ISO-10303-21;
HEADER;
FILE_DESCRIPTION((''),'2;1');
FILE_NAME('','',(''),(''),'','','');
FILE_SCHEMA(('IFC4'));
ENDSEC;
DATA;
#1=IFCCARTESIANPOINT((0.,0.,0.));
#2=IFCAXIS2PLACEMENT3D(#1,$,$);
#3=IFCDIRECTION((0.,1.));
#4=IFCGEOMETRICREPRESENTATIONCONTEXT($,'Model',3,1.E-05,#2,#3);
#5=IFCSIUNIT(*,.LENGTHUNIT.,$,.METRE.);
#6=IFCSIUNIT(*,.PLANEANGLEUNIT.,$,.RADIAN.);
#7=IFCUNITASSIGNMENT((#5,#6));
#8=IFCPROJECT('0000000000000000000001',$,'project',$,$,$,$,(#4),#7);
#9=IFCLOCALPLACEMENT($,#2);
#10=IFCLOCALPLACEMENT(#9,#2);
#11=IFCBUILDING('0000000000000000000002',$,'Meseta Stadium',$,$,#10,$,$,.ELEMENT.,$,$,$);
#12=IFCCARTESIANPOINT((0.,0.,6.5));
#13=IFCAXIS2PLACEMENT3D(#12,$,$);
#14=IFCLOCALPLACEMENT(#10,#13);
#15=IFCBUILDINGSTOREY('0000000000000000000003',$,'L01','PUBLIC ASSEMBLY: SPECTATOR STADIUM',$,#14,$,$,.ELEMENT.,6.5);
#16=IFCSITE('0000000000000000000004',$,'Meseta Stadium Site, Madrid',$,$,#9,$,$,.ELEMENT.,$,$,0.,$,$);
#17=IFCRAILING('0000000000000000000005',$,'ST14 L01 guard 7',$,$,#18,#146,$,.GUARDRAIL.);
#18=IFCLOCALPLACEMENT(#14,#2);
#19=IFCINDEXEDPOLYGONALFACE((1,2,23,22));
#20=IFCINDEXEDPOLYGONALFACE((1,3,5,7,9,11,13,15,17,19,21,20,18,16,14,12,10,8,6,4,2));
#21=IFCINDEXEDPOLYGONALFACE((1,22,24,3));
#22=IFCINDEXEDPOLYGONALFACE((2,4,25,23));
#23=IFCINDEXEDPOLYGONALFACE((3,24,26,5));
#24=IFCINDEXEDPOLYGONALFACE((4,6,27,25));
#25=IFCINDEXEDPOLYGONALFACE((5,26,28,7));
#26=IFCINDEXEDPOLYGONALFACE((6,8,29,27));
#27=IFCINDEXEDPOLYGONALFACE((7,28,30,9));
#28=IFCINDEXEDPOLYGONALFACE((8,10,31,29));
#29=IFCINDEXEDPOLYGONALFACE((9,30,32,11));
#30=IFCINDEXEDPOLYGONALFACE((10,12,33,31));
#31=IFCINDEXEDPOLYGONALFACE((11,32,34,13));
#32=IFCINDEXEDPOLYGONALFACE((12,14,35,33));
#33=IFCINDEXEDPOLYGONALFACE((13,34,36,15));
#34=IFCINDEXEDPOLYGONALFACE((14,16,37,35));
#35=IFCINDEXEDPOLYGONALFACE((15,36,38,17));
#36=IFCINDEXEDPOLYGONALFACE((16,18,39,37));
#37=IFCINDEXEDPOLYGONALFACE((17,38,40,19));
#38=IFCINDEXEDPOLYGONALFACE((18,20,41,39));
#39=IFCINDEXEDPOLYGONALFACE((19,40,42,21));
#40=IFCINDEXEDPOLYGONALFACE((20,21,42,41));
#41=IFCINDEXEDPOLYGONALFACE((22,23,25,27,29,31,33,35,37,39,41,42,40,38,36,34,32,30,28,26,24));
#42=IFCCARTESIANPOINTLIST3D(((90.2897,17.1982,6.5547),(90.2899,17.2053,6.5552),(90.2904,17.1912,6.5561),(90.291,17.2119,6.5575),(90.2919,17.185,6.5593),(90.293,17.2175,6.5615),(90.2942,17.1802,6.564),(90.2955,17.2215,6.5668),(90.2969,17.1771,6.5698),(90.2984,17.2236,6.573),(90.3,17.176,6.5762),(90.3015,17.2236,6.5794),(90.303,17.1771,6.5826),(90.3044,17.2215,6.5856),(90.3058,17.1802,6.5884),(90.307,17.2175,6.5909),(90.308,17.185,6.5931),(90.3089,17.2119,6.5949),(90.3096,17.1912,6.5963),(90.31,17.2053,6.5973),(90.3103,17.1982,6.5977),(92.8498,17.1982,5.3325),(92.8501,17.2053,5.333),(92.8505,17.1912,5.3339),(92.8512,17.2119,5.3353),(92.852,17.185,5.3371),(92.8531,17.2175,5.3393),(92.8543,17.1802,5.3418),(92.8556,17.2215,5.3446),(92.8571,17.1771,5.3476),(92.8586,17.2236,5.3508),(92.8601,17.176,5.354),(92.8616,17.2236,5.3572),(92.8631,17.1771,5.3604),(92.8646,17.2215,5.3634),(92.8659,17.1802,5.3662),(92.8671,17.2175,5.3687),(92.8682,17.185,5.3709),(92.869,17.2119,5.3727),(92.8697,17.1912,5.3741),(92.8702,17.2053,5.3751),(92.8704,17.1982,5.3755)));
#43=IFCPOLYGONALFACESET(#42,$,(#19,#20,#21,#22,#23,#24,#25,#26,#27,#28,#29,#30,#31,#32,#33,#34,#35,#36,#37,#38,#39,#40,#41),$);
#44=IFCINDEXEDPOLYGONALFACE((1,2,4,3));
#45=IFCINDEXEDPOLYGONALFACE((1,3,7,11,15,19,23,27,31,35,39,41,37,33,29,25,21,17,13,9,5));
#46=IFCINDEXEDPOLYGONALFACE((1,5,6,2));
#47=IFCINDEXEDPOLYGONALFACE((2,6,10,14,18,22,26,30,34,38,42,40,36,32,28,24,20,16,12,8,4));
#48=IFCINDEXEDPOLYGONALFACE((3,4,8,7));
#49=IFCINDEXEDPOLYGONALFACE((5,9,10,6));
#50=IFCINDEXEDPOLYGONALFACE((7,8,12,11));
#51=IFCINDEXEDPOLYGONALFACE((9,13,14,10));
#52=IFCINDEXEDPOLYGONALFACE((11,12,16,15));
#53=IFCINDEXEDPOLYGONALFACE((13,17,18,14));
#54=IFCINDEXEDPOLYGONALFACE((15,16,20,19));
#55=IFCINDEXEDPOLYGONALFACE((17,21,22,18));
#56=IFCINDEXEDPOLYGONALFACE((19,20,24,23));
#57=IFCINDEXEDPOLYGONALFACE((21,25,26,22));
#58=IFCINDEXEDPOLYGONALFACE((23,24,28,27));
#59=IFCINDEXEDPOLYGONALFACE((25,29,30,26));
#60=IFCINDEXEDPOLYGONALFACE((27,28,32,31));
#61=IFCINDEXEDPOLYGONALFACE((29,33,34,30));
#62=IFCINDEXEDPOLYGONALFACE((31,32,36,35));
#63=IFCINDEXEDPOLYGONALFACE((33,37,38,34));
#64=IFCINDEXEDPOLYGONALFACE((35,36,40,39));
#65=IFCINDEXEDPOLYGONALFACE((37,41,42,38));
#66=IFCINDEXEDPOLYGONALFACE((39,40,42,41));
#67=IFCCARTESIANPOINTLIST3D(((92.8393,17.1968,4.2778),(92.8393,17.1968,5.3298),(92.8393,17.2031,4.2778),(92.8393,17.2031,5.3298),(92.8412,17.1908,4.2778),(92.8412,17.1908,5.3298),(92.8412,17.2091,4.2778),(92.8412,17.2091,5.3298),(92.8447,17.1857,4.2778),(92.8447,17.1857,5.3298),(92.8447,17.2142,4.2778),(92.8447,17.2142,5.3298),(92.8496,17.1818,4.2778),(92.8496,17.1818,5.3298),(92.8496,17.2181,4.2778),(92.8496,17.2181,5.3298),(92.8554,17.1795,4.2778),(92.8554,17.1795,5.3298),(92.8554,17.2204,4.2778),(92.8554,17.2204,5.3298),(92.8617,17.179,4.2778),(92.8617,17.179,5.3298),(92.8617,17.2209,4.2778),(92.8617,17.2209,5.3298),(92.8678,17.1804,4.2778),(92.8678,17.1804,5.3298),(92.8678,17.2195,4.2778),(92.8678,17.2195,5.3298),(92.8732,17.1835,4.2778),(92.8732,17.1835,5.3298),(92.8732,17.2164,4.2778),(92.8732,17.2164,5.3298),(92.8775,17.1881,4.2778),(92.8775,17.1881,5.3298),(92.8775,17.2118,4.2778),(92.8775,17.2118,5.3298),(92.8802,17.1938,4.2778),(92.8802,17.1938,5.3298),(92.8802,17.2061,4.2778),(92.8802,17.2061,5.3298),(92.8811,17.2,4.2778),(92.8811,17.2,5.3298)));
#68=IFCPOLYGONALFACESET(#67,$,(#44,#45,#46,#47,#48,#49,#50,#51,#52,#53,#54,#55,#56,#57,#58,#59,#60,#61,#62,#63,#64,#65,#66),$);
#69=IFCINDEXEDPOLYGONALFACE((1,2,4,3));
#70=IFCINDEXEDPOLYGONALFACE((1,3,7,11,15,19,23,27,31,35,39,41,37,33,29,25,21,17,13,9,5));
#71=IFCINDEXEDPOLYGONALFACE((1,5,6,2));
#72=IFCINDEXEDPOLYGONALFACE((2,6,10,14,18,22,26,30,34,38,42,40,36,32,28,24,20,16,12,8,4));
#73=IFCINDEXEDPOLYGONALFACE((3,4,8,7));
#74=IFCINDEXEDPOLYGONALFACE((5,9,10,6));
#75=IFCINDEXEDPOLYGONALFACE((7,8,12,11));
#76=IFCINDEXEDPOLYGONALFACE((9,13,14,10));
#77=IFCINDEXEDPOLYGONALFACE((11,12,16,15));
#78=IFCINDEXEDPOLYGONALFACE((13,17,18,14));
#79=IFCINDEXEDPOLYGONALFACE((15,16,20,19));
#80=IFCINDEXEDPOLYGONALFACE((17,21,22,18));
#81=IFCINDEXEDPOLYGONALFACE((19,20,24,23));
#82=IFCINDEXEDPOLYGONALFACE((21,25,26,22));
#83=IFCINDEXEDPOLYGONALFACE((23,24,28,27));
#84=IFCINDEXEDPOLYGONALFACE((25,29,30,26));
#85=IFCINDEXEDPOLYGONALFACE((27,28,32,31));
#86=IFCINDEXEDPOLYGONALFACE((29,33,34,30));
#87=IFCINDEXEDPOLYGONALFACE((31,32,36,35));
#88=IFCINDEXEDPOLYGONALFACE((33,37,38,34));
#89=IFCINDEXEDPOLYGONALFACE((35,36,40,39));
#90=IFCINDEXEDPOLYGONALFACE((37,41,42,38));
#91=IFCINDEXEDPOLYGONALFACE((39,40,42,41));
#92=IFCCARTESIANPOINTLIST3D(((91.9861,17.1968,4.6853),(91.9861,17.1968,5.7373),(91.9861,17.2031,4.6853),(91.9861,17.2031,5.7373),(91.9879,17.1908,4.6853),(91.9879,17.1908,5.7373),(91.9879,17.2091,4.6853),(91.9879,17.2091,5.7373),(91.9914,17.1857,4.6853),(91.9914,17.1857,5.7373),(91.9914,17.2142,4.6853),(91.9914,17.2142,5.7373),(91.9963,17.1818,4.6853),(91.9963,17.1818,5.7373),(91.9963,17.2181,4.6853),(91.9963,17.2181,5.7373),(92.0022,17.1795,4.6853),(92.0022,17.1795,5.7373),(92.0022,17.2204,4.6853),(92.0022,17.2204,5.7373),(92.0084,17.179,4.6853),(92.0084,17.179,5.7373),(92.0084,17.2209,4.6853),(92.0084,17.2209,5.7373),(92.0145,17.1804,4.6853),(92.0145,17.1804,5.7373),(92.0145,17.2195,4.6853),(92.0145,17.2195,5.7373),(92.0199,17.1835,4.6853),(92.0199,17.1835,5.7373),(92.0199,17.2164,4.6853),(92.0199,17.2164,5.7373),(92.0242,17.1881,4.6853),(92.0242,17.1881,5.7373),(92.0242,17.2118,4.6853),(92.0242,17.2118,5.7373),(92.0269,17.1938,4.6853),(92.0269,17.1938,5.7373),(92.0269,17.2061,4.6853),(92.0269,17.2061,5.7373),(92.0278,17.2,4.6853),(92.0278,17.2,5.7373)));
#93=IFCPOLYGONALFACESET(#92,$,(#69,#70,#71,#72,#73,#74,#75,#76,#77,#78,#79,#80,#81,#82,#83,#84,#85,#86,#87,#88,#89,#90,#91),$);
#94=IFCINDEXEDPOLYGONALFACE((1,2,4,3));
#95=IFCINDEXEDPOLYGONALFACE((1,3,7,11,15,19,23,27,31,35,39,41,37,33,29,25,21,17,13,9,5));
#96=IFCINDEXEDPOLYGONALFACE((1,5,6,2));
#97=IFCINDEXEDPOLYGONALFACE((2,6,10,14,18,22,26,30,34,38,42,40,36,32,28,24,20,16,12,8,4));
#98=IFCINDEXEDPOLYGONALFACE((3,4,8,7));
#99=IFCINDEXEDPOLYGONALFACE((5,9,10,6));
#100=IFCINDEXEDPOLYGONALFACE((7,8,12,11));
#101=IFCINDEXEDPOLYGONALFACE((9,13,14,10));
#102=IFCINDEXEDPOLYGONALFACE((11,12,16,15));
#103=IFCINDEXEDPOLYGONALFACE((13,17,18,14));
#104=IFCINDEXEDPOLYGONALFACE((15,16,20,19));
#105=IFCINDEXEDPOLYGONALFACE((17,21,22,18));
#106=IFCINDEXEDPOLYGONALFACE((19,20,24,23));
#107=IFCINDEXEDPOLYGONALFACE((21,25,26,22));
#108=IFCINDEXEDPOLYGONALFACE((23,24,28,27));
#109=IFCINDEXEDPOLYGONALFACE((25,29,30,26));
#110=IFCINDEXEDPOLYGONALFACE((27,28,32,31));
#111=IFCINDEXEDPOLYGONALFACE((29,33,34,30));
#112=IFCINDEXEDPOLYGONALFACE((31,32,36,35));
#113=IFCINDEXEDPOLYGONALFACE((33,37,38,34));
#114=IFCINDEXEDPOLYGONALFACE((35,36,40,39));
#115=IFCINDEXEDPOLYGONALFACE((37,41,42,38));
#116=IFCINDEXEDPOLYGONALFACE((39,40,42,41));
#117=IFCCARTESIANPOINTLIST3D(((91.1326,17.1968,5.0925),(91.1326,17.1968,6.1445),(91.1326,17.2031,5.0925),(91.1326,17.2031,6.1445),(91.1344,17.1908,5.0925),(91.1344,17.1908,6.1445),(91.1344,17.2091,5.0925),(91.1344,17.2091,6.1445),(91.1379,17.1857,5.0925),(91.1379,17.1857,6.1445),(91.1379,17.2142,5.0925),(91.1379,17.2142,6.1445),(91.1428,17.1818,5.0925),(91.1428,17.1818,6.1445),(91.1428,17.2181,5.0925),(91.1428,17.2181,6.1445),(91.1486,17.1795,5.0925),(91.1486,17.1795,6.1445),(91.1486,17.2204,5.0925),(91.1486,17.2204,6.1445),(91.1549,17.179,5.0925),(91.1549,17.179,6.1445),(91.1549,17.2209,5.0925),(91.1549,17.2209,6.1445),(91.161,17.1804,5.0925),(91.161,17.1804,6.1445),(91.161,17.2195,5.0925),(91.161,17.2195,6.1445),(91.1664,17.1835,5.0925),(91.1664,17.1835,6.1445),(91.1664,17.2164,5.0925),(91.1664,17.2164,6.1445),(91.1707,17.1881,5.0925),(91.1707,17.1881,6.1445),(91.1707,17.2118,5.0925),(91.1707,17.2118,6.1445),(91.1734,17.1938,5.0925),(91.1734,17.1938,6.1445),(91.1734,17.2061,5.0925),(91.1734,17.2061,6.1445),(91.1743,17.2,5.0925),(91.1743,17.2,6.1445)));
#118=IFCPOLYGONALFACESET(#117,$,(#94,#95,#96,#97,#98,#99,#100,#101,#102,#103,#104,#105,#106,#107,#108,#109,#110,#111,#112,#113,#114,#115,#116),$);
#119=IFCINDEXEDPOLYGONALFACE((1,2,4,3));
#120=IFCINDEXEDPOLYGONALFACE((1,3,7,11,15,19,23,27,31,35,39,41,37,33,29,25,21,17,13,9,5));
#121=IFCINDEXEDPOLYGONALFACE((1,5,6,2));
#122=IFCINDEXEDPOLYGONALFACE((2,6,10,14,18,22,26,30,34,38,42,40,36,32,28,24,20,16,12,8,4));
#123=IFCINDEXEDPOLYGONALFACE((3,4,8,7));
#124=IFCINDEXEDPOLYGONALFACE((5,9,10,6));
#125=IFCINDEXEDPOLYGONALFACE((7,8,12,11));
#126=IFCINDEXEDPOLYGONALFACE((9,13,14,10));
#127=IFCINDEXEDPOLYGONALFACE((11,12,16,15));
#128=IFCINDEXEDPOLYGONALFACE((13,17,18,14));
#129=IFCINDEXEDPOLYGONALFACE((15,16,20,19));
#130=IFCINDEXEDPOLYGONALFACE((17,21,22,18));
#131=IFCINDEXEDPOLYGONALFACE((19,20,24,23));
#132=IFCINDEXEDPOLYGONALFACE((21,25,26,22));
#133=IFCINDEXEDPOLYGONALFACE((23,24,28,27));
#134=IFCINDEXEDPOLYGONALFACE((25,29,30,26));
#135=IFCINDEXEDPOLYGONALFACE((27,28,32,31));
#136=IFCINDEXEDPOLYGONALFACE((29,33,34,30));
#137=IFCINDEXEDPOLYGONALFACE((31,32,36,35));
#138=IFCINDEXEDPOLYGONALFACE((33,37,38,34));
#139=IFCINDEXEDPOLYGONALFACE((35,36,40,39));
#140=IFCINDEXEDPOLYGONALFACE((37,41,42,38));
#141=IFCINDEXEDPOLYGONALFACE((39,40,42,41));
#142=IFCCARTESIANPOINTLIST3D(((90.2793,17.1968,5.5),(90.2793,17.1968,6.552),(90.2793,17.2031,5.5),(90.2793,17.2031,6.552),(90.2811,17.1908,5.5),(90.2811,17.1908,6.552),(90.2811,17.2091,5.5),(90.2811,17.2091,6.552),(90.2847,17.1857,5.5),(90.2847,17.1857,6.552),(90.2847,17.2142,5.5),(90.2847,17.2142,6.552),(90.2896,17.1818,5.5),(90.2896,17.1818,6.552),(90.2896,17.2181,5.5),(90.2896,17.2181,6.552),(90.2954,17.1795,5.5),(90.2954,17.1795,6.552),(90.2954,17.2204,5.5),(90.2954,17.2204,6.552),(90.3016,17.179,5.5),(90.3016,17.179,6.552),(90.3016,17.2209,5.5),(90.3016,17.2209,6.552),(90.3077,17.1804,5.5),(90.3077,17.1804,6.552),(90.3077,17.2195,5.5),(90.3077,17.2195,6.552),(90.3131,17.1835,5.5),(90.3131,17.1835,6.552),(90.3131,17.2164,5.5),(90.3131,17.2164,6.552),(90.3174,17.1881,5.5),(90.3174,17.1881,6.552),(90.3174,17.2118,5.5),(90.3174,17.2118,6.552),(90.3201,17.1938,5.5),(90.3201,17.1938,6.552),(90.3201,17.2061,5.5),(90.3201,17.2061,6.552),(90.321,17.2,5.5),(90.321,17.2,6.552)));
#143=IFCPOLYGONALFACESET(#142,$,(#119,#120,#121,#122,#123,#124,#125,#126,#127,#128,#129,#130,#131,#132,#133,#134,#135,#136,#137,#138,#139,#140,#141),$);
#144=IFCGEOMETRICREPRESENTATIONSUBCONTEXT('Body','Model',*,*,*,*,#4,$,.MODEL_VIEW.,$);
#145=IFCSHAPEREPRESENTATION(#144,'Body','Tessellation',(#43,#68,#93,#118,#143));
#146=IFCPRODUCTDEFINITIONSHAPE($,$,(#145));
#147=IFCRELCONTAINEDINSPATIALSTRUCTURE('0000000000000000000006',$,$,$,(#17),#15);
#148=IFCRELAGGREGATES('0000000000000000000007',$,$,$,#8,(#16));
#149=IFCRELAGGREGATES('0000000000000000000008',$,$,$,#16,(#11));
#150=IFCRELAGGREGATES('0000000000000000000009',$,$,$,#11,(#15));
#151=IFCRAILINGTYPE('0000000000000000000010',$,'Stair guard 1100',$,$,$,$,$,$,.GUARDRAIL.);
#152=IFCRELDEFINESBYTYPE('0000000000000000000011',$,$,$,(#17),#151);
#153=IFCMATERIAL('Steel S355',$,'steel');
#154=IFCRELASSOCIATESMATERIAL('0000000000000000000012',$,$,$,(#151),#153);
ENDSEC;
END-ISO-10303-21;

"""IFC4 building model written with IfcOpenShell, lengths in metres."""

from ifc_helpers import new_model, si_unit, direction, frame, origin, origin_2d, place, context, subcontext, project, spatial, circle, extrude, material, type_object, element, save


model = new_model("IFC4")

# Units and contexts
model_context = context("Model", 3, precision=1e-05, world=origin(), true_north=direction((0.0, 1.0)))
body_context = subcontext(model_context, "Body", "Model", "MODEL_VIEW")
ifc_project = project(units=[si_unit("LENGTHUNIT", "METRE"), si_unit("PLANEANGLEUNIT", "RADIAN")], contexts=[model_context])

# Site, building, storey
site_placement = place(None, origin())
site = spatial("IfcSite", under=ifc_project, at=site_placement, Name="Meseta Stadium Site, Madrid", CompositionType="ELEMENT", RefElevation=0.0)
building_placement = place(site_placement, origin())
building = spatial("IfcBuilding", under=site, at=building_placement, Name="Meseta Stadium", CompositionType="ELEMENT")
storey_placement = place(building_placement, frame((0.0, 0.0, 6.5)))
storey = spatial("IfcBuildingStorey", under=building, at=storey_placement, Name="L01", Description="PUBLIC ASSEMBLY: SPECTATOR STADIUM", CompositionType="ELEMENT", Elevation=6.5)

# Railing
ifc_material_1 = material(Name="Steel S355", Category="steel")
railing_type_1 = type_object("IfcRailingType", Name="Stair guard 1100", PredefinedType="GUARDRAIL", material=ifc_material_1)
railing_1_placement = place(storey_placement, frame((92.8601, 17.2, 4.2778)))
element("IfcRailing", 1, at=railing_1_placement, inside=storey, type_object=railing_type_1, Name="ST14 L01 guard 7", PredefinedType="GUARDRAIL", context=body_context, shape_type="SweptSolid", body=[
    extrude(circle(Radius=0.0239, at=origin_2d()), frame((0.0, 0.0, 1.0762), z_axis=(-0.902437, 0.0, 0.430822), x_axis=(0.0, -1.0, 0.0)), (0.0, 0.0, 1.0), 2.8369),
    extrude(circle(Radius=0.021, at=origin_2d()), origin(), (0.0, 0.0, 1.0), 1.052),
    extrude(circle(Radius=0.021, at=origin_2d()), frame((-0.8533, 0.0, 0.4075)), (0.0, 0.0, 1.0), 1.052),
    extrude(circle(Radius=0.021, at=origin_2d()), frame((-1.7068, 0.0, 0.8147)), (0.0, 0.0, 1.0), 1.052),
    extrude(circle(Radius=0.021, at=origin_2d()), frame((-2.5601, 0.0, 1.2222)), (0.0, 0.0, 1.0), 1.052),
])

save(model, "model.ifc")
